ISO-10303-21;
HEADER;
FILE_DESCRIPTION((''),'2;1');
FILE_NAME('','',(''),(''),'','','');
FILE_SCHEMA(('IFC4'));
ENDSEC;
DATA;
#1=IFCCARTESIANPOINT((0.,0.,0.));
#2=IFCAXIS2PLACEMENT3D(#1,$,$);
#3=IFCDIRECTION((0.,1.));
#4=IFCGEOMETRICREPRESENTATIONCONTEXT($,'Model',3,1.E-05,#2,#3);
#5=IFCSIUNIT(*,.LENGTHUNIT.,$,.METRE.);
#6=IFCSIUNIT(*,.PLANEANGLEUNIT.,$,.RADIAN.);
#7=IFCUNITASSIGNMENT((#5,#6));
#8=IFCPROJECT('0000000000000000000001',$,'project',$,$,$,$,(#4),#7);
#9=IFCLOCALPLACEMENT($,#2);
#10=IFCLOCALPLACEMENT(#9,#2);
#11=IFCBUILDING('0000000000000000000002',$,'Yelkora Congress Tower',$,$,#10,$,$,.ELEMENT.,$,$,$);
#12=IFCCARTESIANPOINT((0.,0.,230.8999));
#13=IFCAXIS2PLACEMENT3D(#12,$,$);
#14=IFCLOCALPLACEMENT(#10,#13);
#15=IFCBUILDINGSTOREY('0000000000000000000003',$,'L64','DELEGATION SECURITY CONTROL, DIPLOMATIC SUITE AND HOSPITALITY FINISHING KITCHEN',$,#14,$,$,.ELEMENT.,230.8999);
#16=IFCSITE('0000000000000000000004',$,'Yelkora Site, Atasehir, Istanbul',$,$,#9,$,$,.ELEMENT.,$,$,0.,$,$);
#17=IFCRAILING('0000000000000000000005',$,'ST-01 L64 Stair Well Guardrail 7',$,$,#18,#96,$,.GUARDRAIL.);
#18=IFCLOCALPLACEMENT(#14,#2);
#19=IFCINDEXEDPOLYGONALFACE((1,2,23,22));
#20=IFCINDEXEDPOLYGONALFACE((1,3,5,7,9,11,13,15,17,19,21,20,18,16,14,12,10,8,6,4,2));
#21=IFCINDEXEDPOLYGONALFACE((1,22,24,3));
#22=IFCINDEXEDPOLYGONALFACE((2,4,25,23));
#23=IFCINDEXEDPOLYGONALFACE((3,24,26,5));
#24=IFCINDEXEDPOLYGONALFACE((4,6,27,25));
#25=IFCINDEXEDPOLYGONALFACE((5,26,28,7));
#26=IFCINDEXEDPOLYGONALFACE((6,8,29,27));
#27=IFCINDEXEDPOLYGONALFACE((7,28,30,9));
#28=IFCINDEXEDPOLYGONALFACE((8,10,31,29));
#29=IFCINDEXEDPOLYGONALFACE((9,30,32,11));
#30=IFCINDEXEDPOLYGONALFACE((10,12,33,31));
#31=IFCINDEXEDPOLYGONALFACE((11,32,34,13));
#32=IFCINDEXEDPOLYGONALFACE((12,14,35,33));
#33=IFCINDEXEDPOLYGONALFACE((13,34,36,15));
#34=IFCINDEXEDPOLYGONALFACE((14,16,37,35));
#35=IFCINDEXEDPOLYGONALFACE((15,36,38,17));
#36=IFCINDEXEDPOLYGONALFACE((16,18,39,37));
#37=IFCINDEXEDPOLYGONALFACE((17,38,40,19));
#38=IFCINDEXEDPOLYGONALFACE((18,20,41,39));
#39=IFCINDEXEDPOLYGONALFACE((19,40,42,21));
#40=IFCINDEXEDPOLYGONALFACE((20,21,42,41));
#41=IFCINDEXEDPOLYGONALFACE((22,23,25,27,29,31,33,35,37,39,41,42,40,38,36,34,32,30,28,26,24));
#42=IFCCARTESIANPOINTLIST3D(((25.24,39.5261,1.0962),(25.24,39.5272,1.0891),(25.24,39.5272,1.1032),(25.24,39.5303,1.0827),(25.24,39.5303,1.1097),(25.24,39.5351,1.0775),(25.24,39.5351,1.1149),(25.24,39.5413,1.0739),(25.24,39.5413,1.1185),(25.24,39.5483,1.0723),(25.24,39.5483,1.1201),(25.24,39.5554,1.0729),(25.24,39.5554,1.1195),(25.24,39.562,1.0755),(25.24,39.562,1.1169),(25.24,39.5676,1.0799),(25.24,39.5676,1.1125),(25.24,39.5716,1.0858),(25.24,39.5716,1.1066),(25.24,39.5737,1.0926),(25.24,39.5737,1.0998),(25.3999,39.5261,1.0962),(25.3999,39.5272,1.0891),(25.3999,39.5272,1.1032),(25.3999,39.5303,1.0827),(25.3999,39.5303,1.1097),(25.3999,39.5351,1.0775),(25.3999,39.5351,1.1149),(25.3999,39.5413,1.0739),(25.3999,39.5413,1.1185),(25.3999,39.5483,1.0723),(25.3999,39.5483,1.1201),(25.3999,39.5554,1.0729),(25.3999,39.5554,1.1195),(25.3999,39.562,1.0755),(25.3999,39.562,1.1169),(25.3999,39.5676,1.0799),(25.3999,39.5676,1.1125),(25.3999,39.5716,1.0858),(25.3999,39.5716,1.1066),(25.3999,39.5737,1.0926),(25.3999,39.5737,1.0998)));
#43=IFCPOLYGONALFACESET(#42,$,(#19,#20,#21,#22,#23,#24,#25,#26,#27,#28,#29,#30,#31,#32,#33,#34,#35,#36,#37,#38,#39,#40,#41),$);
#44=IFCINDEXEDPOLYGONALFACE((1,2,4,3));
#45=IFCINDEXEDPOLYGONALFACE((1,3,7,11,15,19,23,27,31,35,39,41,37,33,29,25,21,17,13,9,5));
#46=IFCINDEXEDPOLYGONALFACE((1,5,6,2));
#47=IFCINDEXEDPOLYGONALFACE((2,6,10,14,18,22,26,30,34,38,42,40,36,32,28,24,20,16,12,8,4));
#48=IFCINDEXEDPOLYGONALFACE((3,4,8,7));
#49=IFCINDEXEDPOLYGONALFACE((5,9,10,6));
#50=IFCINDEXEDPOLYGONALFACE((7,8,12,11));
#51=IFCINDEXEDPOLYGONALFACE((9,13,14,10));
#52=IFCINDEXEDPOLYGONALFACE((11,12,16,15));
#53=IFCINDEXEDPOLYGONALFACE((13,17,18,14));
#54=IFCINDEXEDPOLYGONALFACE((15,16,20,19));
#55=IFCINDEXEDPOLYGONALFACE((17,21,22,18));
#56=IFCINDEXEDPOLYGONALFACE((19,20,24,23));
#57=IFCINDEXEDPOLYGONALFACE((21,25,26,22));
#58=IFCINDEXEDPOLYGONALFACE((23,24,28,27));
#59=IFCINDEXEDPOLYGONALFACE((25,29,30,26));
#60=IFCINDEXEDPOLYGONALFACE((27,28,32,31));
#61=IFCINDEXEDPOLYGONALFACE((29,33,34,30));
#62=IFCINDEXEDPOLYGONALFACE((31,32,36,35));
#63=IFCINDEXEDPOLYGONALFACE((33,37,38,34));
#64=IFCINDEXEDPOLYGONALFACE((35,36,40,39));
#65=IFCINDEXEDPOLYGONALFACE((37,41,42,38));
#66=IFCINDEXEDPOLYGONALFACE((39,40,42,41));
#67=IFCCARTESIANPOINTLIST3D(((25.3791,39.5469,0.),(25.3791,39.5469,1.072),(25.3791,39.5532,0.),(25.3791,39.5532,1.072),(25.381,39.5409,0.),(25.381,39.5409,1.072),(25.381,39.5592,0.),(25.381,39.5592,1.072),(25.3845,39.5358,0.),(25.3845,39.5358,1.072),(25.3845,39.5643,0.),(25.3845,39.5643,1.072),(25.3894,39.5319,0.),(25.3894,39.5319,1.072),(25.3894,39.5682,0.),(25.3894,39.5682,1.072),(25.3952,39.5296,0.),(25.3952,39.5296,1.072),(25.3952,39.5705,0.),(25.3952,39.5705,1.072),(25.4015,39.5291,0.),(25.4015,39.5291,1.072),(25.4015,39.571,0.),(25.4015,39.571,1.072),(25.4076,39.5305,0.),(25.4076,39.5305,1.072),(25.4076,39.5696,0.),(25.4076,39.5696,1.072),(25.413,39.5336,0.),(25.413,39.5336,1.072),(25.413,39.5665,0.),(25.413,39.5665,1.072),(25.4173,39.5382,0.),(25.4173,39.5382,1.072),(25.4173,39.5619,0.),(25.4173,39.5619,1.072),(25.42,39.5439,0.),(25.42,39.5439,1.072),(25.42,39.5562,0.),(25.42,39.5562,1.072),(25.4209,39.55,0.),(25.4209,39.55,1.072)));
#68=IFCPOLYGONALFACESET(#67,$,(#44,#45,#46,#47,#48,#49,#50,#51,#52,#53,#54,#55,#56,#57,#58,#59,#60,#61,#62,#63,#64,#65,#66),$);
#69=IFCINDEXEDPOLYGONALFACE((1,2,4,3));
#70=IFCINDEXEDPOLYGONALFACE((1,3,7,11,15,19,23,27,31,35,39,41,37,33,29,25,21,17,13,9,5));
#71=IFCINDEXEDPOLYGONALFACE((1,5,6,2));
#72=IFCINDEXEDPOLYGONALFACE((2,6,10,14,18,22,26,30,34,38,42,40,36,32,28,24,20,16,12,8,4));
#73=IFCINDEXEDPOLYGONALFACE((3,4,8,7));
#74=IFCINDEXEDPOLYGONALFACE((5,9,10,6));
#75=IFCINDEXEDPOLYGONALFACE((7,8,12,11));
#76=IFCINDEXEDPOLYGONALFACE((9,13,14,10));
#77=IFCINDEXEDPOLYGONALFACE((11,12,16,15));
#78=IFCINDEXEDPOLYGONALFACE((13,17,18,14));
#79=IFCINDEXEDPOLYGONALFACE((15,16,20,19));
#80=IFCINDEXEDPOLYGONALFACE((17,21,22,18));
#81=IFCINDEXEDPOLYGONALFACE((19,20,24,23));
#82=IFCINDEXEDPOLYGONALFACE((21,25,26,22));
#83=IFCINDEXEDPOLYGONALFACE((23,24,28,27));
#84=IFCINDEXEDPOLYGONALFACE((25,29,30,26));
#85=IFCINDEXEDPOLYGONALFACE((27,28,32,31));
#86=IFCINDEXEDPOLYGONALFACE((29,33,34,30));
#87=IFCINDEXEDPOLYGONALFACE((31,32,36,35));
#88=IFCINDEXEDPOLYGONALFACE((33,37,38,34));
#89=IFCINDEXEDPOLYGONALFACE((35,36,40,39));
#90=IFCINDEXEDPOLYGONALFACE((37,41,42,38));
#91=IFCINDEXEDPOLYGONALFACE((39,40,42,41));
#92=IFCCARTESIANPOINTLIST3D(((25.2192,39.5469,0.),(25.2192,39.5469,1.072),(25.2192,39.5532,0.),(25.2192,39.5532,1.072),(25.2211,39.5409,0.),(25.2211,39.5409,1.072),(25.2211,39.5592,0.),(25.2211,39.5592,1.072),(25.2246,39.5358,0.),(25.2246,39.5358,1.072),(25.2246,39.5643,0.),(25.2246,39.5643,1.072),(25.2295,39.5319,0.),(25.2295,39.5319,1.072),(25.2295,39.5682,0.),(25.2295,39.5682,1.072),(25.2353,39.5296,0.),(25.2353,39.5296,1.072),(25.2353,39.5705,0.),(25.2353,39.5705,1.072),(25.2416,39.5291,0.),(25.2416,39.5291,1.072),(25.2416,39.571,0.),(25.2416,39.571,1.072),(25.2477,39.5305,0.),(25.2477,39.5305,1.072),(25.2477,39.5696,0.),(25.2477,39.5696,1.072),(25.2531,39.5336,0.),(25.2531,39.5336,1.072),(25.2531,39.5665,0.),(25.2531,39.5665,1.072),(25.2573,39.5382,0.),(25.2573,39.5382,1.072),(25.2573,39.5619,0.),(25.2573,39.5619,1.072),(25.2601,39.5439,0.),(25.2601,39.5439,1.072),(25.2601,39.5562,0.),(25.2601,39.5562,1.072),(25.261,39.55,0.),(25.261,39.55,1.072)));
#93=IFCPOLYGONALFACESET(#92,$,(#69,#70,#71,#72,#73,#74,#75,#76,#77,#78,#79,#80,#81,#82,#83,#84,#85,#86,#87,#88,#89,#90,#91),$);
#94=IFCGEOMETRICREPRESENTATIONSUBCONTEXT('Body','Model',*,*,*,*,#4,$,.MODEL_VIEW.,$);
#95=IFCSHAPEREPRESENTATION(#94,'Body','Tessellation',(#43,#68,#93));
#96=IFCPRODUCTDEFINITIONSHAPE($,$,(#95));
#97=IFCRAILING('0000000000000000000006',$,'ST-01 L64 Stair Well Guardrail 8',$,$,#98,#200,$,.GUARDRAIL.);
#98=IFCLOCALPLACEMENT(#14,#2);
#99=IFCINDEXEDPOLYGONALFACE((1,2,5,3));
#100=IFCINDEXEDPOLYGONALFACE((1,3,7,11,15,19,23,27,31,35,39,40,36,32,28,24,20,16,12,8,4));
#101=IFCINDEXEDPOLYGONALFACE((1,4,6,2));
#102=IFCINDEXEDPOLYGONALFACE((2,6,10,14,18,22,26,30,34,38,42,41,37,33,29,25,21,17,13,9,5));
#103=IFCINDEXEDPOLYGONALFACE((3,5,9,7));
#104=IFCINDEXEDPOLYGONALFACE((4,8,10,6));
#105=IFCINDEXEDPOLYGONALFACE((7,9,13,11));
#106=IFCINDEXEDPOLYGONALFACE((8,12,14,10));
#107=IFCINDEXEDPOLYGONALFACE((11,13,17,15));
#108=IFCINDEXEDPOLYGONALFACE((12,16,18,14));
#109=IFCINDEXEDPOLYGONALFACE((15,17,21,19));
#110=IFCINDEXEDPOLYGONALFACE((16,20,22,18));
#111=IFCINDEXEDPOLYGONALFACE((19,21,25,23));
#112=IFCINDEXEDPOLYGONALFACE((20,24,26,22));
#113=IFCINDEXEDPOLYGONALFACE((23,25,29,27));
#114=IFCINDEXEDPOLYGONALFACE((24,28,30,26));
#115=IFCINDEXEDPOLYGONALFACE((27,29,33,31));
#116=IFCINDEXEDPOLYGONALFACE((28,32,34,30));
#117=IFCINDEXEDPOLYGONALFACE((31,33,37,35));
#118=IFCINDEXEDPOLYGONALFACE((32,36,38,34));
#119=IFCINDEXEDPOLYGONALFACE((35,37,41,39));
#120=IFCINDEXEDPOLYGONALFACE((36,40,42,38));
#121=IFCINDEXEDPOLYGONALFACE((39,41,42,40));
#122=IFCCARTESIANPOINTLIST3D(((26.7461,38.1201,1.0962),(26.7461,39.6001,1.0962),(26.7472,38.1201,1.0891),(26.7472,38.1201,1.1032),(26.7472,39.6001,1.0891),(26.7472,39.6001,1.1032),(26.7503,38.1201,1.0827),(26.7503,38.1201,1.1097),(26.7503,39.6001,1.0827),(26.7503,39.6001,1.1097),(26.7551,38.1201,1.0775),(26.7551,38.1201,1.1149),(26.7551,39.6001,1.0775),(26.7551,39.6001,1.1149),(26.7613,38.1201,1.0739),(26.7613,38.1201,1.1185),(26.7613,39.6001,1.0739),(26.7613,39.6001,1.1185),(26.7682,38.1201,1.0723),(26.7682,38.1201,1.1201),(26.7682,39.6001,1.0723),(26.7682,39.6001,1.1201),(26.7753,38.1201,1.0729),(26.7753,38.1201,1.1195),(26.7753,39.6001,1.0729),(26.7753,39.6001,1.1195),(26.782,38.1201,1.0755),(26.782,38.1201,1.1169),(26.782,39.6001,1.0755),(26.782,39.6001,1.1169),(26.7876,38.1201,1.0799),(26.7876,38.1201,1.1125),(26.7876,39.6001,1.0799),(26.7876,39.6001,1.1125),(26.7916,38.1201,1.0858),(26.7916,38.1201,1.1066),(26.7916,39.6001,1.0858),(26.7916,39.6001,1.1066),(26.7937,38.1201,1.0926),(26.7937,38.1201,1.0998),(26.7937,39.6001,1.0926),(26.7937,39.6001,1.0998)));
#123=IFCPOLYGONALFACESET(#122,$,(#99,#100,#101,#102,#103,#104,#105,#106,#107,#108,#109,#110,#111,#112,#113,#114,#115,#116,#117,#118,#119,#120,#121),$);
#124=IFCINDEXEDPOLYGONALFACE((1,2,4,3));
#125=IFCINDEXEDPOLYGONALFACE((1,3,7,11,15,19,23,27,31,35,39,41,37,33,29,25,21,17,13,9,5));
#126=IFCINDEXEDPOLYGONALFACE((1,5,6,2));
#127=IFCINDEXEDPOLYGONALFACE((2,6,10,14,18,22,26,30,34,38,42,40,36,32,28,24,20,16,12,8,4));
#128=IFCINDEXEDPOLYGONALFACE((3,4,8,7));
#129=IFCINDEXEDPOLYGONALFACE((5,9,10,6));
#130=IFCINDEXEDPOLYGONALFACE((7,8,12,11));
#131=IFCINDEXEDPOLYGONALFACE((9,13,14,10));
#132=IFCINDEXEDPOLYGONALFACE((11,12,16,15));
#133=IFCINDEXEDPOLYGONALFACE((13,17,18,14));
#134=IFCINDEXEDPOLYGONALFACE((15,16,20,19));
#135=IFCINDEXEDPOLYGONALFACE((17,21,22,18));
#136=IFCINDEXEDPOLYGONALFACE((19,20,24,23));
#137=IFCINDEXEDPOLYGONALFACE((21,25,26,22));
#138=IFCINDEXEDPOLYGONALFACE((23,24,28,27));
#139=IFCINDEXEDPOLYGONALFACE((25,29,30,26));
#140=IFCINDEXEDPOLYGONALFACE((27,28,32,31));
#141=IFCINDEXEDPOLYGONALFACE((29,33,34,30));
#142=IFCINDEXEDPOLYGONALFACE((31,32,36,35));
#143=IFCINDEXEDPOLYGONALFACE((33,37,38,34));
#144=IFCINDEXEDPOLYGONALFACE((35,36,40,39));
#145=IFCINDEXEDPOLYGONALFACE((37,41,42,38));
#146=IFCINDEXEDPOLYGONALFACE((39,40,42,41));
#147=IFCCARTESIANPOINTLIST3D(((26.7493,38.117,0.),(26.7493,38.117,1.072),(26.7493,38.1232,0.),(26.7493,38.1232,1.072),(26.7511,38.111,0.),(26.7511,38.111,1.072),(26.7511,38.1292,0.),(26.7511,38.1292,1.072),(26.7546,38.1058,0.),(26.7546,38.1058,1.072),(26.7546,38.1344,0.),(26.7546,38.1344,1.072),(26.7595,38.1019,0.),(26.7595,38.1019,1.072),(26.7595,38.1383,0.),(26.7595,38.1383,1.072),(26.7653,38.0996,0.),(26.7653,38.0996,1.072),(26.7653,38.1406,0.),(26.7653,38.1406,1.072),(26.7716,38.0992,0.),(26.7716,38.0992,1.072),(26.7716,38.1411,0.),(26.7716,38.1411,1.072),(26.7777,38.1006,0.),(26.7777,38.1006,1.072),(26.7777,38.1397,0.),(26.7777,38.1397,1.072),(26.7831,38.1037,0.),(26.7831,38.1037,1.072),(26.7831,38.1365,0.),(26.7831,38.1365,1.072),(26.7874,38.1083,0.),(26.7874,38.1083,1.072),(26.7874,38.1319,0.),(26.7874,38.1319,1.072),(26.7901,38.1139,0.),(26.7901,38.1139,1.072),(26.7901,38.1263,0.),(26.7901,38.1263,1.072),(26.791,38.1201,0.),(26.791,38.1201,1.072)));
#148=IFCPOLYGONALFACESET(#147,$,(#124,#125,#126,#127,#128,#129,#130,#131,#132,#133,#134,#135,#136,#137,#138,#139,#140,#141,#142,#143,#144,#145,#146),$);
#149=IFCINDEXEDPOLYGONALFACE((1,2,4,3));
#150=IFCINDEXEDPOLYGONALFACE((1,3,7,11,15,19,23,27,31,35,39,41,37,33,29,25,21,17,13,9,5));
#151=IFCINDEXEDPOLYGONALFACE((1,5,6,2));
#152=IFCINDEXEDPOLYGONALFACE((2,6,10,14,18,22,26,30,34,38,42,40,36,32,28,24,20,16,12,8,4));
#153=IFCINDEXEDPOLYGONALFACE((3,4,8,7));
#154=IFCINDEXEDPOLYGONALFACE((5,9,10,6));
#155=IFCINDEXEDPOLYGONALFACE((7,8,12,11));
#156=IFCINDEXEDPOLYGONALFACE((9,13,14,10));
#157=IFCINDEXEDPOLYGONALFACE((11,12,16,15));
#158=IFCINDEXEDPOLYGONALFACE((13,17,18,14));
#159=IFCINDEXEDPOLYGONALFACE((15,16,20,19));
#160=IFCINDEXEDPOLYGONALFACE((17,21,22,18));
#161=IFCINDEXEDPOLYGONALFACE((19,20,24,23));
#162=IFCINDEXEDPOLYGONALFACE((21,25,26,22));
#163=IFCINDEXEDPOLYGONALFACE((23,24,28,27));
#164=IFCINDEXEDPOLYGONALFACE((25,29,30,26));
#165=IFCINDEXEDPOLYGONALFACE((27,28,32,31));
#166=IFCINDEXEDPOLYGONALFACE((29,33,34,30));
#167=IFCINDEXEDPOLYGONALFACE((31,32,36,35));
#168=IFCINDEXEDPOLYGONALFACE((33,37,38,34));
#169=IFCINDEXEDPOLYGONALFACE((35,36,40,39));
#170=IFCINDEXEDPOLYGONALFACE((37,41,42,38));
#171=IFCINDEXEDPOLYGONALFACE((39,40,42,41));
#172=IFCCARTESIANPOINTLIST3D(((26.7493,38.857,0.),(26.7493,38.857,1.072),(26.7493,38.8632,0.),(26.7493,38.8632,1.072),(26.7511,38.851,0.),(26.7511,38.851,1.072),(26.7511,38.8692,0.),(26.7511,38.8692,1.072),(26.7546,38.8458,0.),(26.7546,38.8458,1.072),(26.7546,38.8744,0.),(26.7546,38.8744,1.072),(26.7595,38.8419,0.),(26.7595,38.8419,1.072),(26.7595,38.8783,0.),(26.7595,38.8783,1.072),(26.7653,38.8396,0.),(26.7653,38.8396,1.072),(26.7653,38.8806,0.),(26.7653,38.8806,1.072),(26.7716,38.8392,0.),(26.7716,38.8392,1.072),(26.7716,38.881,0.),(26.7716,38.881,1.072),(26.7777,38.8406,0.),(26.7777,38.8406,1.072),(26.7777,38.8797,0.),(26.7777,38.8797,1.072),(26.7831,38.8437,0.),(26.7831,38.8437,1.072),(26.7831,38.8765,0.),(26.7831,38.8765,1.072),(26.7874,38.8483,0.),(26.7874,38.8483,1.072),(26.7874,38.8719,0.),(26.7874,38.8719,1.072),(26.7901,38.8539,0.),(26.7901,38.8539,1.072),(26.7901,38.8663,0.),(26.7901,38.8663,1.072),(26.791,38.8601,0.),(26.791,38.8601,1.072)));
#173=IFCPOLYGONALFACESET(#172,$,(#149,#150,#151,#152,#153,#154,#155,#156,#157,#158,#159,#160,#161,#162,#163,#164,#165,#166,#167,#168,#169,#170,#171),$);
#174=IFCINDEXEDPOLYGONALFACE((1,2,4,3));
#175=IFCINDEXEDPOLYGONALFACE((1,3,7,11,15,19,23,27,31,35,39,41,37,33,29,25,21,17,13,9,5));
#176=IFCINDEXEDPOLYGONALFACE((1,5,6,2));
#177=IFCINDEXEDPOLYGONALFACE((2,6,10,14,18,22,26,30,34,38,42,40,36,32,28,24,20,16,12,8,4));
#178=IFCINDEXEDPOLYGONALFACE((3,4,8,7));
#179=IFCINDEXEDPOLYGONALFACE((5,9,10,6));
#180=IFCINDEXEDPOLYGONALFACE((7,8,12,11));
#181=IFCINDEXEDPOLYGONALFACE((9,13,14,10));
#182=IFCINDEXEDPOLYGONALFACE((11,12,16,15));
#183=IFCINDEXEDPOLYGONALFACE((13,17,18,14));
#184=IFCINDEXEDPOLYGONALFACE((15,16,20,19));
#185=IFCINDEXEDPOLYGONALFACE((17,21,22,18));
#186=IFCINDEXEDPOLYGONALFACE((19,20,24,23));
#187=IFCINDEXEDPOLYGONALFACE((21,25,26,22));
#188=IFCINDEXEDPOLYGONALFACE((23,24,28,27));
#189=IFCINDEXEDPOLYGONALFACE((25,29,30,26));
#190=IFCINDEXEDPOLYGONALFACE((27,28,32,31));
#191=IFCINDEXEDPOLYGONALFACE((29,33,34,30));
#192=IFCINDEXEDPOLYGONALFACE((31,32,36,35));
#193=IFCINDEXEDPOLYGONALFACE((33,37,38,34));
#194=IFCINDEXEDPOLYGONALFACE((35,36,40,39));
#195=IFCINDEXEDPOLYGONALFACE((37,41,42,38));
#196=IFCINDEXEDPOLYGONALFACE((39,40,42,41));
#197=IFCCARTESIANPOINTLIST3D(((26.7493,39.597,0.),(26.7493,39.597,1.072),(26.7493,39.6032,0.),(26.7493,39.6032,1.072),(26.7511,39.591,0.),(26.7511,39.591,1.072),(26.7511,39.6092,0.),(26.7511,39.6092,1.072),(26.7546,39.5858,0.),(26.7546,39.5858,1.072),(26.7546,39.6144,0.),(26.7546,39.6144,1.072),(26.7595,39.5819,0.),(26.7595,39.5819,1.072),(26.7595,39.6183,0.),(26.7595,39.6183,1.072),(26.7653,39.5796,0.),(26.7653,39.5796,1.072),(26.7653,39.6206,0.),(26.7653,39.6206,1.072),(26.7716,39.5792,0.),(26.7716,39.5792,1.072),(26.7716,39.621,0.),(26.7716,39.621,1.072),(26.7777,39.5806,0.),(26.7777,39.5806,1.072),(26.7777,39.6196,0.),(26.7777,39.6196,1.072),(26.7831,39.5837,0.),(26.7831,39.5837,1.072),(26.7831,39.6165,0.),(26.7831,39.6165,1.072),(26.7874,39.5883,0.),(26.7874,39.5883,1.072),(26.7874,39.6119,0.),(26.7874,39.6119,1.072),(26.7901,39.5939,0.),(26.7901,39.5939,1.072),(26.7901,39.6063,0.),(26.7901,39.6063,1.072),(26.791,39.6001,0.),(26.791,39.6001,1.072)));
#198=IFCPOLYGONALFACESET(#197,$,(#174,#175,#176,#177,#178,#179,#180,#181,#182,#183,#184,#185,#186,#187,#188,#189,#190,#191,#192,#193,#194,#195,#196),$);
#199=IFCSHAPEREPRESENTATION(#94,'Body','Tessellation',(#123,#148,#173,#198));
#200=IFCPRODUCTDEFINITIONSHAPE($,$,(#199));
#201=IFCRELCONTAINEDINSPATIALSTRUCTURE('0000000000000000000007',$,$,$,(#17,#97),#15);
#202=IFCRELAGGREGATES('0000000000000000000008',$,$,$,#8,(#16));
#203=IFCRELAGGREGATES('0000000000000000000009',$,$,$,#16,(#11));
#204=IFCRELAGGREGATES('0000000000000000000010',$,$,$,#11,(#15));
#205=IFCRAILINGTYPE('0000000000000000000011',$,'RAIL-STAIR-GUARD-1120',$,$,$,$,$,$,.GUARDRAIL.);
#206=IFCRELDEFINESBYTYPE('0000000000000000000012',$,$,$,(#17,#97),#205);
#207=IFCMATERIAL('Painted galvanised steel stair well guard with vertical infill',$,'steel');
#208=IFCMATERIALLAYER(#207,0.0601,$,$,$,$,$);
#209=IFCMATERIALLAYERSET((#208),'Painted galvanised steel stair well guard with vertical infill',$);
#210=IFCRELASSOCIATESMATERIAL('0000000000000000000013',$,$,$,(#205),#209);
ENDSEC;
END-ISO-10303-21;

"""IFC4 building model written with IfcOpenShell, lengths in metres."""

from ifc_helpers import new_model, si_unit, direction, frame, origin, origin_2d, place, context, subcontext, project, spatial, circle, extrude, material, layer, layer_set, type_object, element, save


model = new_model("IFC4")

# Units and contexts
model_context = context("Model", 3, precision=1e-05, world=origin(), true_north=direction((0.0, 1.0)))
body_context = subcontext(model_context, "Body", "Model", "MODEL_VIEW")
ifc_project = project(units=[si_unit("LENGTHUNIT", "METRE"), si_unit("PLANEANGLEUNIT", "RADIAN")], contexts=[model_context])

# Site, building, storey
site_placement = place(None, origin())
site = spatial("IfcSite", under=ifc_project, at=site_placement, Name="Yelkora Site, Atasehir, Istanbul", CompositionType="ELEMENT", RefElevation=0.0)
building_placement = place(site_placement, origin())
building = spatial("IfcBuilding", under=site, at=building_placement, Name="Yelkora Congress Tower", CompositionType="ELEMENT")
storey_placement = place(building_placement, frame((0.0, 0.0, 230.8999)))
storey = spatial("IfcBuildingStorey", under=building, at=storey_placement, Name="L64", Description="DELEGATION SECURITY CONTROL, DIPLOMATIC SUITE AND HOSPITALITY FINISHING KITCHEN", CompositionType="ELEMENT", Elevation=230.8999)

# Railings
ifc_material_1 = material(Name="Painted galvanised steel stair well guard with vertical infill", Category="steel")
ifc_layer_1 = layer(ifc_material_1, 0.0601)
ifc_layer_set_1 = layer_set([ifc_layer_1], Name="Painted galvanised steel stair well guard with vertical infill")
railing_type_1 = type_object("IfcRailingType", Name="RAIL-STAIR-GUARD-1120", PredefinedType="GUARDRAIL", material=ifc_layer_set_1)
railing_1_placement = place(storey_placement, frame((25.3999, 39.55, 0.0)))
element("IfcRailing", 1, at=railing_1_placement, inside=storey, type_object=railing_type_1, Name="ST-01 L64 Stair Well Guardrail 7", PredefinedType="GUARDRAIL", context=body_context, shape_type="SweptSolid", body=[
    extrude(circle(Radius=0.0239, at=origin_2d()), frame((0.0, 0.0, 1.0962), z_axis=(-1.0, 0.0, 0.0), x_axis=(0.0, -1.0, 0.0)), (0.0, 0.0, 1.0), 0.1599),
    extrude(circle(Radius=0.021, at=origin_2d()), origin(), (0.0, 0.0, 1.0), 1.072),
    extrude(circle(Radius=0.021, at=origin_2d()), frame((-0.1599, 0.0, 0.0)), (0.0, 0.0, 1.0), 1.072),
])
railing_2_placement = place(storey_placement, frame((26.77, 38.1201, 0.0)))
element("IfcRailing", 2, at=railing_2_placement, inside=storey, type_object=railing_type_1, Name="ST-01 L64 Stair Well Guardrail 8", PredefinedType="GUARDRAIL", context=body_context, shape_type="SweptSolid", body=[
    extrude(circle(Radius=0.0239, at=origin_2d()), frame((0.0, 0.0, 1.0962), z_axis=(0.0, 1.0, 0.0), x_axis=(-1.0, 0.0, 0.0)), (0.0, 0.0, 1.0), 1.48),
    extrude(circle(Radius=0.021, at=origin_2d()), origin(), (0.0, 0.0, 1.0), 1.072),
    extrude(circle(Radius=0.021, at=origin_2d()), frame((0.0, 0.74, 0.0)), (0.0, 0.0, 1.0), 1.072),
    extrude(circle(Radius=0.021, at=origin_2d()), frame((0.0, 1.48, 0.0)), (0.0, 0.0, 1.0), 1.072),
])

save(model, "model.ifc")
